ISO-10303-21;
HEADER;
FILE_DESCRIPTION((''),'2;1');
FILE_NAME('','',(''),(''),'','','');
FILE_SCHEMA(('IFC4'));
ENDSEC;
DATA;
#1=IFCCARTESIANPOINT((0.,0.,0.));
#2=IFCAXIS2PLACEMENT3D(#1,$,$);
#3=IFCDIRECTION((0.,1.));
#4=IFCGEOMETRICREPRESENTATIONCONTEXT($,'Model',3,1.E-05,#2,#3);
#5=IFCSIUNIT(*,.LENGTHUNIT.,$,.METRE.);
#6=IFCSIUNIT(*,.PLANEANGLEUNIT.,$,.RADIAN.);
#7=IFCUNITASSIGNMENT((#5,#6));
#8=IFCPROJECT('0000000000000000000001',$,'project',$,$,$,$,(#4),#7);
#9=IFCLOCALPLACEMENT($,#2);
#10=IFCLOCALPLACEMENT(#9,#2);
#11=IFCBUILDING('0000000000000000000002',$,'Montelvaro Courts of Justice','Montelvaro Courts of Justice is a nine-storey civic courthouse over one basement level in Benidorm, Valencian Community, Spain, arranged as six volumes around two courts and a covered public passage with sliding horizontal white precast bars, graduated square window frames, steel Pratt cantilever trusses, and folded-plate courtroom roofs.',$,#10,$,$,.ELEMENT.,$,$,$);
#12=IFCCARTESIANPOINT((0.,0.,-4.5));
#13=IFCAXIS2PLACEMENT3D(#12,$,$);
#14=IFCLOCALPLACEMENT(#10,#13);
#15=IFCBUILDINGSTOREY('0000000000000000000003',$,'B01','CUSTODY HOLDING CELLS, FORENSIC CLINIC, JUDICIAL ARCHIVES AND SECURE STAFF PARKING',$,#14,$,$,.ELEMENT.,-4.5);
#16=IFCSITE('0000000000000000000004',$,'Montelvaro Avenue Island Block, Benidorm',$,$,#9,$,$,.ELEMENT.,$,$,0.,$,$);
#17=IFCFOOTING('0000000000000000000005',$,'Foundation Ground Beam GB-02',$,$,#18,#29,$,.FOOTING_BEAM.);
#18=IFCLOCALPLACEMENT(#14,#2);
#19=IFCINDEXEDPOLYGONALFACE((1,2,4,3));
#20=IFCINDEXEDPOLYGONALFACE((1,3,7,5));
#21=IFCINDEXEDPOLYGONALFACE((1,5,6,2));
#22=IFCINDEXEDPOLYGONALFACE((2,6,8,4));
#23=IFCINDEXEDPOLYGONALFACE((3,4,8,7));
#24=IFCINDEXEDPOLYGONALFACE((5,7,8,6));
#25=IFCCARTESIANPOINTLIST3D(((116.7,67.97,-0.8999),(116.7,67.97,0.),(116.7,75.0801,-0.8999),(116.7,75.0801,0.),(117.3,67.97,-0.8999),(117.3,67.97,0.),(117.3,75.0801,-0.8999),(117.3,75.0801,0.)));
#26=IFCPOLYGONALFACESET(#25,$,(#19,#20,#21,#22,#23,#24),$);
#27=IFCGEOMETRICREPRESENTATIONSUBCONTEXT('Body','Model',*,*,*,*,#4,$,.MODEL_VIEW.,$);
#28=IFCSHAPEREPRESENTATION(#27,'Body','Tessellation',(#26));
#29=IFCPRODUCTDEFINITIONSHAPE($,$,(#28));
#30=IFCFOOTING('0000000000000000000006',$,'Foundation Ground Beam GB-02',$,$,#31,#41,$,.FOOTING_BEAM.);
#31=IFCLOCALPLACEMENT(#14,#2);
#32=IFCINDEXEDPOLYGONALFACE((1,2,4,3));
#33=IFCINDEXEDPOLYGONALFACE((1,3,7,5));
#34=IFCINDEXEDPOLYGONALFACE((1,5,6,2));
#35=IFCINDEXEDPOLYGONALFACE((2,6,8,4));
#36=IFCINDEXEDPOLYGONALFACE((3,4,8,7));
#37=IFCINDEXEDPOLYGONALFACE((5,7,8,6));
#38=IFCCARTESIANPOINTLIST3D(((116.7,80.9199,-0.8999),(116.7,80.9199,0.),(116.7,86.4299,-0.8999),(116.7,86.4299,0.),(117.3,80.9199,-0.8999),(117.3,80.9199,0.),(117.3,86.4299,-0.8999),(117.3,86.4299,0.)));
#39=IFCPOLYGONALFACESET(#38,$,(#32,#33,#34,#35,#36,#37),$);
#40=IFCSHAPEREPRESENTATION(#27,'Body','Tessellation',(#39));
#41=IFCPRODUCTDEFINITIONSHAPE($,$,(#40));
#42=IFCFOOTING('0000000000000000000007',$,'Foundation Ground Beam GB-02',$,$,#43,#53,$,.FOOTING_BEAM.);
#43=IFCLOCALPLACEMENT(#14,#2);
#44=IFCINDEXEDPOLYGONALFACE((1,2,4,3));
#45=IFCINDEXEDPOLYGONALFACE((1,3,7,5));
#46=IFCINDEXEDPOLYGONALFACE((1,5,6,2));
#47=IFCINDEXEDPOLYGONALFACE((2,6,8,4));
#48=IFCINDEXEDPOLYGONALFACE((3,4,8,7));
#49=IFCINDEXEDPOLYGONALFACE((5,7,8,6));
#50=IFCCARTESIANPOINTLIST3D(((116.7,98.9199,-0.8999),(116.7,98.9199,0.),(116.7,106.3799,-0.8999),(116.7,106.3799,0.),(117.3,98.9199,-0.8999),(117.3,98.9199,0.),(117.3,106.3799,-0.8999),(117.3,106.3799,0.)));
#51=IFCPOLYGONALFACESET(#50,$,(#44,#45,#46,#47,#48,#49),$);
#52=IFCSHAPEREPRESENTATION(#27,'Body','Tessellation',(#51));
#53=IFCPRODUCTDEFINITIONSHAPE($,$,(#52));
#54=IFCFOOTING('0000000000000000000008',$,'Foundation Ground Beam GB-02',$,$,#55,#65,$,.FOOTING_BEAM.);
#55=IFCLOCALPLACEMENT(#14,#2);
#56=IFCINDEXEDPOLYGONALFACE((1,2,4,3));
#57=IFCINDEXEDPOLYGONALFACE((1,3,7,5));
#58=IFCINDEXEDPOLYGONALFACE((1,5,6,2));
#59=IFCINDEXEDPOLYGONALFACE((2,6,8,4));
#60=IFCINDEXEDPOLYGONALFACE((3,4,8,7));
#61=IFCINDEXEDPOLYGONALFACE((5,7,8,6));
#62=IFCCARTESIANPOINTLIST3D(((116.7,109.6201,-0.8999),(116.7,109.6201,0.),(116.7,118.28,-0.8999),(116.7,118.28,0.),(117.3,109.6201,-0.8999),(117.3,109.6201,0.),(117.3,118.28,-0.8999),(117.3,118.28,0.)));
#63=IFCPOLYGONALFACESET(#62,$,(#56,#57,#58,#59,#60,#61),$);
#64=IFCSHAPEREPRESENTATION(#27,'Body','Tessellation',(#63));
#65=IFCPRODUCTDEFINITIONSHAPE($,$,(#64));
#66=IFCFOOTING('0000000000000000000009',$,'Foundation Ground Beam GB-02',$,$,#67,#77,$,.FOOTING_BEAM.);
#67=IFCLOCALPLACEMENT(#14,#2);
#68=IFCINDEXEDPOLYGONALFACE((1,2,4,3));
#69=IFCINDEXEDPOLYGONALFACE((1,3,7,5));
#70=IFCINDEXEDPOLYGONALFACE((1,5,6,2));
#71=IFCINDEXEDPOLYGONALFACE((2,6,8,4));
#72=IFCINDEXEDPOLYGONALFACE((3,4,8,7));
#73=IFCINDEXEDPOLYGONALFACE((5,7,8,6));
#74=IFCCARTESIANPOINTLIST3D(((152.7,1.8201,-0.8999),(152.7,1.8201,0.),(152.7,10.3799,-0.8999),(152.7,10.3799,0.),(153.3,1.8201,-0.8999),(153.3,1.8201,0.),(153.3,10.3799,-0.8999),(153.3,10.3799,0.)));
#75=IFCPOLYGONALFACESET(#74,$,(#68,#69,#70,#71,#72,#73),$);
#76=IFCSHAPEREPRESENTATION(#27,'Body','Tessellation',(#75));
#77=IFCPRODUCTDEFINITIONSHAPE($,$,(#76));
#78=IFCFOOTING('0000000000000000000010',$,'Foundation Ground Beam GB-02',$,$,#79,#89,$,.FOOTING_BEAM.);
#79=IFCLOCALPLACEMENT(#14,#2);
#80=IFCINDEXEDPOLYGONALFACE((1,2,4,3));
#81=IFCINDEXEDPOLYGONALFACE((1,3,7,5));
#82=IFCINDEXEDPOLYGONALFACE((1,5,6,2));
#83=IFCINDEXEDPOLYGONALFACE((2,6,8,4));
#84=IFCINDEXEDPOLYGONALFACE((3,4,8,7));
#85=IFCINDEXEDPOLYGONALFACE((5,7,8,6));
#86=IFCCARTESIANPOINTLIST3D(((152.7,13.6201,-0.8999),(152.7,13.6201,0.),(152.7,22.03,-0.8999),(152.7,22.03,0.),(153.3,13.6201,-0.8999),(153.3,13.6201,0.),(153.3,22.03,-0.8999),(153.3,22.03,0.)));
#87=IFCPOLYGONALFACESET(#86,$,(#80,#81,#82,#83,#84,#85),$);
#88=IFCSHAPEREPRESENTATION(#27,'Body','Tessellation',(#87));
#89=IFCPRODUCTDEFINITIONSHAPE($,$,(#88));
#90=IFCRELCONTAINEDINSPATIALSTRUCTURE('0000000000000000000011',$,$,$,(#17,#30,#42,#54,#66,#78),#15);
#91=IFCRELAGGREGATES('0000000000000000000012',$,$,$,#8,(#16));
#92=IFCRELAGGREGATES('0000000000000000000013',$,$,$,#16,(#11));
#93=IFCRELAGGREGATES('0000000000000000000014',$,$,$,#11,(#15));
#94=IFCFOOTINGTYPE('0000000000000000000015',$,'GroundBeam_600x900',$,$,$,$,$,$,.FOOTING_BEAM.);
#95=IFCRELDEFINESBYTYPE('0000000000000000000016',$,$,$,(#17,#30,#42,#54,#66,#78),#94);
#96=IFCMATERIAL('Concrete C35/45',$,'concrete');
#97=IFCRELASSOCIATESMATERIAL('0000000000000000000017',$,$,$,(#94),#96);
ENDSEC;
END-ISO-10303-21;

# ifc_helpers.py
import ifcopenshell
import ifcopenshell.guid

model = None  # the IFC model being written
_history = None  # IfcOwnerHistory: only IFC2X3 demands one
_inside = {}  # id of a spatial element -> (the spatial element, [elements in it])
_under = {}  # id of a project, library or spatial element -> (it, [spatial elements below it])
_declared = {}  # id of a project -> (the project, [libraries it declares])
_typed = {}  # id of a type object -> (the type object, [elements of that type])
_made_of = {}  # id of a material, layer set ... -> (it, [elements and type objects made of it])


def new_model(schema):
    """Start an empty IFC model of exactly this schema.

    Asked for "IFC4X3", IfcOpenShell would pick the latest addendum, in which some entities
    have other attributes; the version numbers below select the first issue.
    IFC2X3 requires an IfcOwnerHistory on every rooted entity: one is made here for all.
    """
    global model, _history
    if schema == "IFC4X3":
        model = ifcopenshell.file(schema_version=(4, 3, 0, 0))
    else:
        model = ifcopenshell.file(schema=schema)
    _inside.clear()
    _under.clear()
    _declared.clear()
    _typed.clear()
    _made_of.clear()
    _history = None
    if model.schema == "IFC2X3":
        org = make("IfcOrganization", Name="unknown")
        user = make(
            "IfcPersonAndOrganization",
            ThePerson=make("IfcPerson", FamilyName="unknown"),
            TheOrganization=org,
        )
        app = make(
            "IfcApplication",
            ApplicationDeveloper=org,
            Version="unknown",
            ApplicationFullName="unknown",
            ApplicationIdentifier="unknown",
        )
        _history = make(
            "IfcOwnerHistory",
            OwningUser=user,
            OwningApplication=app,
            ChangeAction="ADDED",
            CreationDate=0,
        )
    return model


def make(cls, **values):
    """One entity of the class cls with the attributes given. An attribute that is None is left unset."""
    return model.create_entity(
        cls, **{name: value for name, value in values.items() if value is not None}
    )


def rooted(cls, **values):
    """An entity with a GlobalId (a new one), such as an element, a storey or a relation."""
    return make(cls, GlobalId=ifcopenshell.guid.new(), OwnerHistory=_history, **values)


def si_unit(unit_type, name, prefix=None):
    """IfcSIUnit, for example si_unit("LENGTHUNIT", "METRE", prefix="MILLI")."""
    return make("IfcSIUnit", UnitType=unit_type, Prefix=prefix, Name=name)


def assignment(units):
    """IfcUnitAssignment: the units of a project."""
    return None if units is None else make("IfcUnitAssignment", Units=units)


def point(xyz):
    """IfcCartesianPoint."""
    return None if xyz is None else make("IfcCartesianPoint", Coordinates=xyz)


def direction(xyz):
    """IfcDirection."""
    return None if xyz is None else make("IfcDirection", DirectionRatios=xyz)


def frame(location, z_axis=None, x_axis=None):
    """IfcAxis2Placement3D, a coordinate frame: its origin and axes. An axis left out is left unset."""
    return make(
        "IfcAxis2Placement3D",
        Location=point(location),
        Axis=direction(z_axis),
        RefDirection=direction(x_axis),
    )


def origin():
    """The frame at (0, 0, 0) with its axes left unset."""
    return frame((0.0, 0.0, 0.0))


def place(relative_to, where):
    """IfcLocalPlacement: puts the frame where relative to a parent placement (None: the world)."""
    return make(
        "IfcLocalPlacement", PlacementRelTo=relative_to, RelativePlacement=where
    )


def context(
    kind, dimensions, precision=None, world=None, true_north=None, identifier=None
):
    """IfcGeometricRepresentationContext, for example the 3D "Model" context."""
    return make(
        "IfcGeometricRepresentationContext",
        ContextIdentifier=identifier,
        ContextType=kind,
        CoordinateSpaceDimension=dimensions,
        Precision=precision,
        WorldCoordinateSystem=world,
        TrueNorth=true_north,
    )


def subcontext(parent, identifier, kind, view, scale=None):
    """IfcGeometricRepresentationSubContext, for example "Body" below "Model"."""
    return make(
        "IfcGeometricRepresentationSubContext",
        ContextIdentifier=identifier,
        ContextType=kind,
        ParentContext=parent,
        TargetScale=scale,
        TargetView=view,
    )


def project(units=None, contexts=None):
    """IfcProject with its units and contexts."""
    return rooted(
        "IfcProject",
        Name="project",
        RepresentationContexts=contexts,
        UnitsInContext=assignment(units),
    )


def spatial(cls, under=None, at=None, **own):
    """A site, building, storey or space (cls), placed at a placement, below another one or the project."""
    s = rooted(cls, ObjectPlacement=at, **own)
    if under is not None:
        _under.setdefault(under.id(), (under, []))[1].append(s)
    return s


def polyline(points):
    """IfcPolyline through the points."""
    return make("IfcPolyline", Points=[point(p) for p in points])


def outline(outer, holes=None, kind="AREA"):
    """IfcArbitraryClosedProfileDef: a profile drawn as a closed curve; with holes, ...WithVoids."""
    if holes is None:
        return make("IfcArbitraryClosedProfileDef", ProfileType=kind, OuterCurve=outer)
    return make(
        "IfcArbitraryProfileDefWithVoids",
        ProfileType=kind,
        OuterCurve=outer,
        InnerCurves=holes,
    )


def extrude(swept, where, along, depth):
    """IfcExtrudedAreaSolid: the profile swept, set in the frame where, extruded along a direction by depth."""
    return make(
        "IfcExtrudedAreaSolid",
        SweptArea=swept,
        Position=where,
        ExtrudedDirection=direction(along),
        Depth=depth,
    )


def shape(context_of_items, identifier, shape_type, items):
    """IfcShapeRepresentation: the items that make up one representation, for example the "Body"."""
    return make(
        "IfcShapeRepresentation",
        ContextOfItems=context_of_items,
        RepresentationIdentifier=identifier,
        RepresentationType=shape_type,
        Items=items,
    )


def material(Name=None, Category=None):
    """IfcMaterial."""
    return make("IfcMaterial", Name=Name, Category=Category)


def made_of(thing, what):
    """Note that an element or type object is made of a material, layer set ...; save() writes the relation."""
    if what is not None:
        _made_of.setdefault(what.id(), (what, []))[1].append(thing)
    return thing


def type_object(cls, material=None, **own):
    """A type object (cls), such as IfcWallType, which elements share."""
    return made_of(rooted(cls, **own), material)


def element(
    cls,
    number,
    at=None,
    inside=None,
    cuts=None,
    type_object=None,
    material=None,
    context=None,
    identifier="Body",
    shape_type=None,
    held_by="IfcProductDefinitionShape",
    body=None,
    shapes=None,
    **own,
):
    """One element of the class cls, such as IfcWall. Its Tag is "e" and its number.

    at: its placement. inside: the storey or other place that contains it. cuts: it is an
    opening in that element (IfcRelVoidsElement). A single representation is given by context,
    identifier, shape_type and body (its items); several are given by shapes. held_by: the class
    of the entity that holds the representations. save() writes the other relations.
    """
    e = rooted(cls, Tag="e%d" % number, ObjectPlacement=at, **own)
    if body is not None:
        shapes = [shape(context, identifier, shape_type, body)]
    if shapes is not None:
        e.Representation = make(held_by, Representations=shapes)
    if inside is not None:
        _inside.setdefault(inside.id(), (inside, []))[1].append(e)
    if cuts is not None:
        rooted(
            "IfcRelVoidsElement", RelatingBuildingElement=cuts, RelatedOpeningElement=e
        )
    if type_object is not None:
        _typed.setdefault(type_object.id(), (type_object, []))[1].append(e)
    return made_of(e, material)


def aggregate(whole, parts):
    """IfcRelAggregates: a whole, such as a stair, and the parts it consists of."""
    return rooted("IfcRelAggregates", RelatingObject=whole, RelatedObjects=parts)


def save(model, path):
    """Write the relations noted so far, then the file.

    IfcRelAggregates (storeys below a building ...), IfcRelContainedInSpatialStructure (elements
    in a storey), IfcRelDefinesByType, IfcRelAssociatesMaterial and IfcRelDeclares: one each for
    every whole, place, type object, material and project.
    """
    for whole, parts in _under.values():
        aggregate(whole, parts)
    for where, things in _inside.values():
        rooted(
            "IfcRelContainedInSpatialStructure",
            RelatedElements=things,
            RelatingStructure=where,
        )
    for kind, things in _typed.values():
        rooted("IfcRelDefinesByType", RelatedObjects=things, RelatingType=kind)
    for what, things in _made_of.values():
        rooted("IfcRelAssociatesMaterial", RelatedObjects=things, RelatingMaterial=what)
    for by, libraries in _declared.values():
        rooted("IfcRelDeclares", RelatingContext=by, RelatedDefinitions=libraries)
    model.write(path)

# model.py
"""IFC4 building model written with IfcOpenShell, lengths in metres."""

from ifc_helpers import new_model, si_unit, direction, frame, origin, place, context, subcontext, project, spatial, polyline, outline, extrude, material, type_object, element, save


model = new_model("IFC4")

# Units and contexts
model_context = context("Model", 3, precision=1e-05, world=origin(), true_north=direction((0.0, 1.0)))
body_context = subcontext(model_context, "Body", "Model", "MODEL_VIEW")
ifc_project = project(units=[si_unit("LENGTHUNIT", "METRE"), si_unit("PLANEANGLEUNIT", "RADIAN")], contexts=[model_context])

# Site, building, storey
site_placement = place(None, origin())
site = spatial("IfcSite", under=ifc_project, at=site_placement, Name="Montelvaro Avenue Island Block, Benidorm", CompositionType="ELEMENT", RefElevation=0.0)
building_placement = place(site_placement, origin())
building = spatial("IfcBuilding", under=site, at=building_placement, Name="Montelvaro Courts of Justice", Description="Montelvaro Courts of Justice is a nine-storey civic courthouse over one basement level in Benidorm, Valencian Community, Spain, arranged as six volumes around two courts and a covered public passage with sliding horizontal white precast bars, graduated square window frames, steel Pratt cantilever trusses, and folded-plate courtroom roofs.", CompositionType="ELEMENT")
storey_placement = place(building_placement, frame((0.0, 0.0, -4.5)))
storey = spatial("IfcBuildingStorey", under=building, at=storey_placement, Name="B01", Description="CUSTODY HOLDING CELLS, FORENSIC CLINIC, JUDICIAL ARCHIVES AND SECURE STAFF PARKING", CompositionType="ELEMENT", Elevation=-4.5)

# Footings
ifc_material = material(Name="Concrete C35/45", Category="concrete")
footing_type_1 = type_object("IfcFootingType", Name="GroundBeam_600x900", PredefinedType="FOOTING_BEAM", material=ifc_material)
footing_1_placement = place(storey_placement, frame((0.0, 0.0, -0.8999)))
element("IfcFooting", 1, at=footing_1_placement, inside=storey, type_object=footing_type_1, Name="Foundation Ground Beam GB-02", PredefinedType="FOOTING_BEAM", context=body_context, shape_type="SweptSolid", body=[
    extrude(outline(polyline([(116.7, 67.97), (117.3, 67.97), (117.3, 75.0801), (116.7, 75.0801), (116.7, 67.97)])), origin(), (0.0, 0.0, 1.0), 0.8999),
])
footing_2_placement = place(storey_placement, frame((0.0, 0.0, -0.8999)))
element("IfcFooting", 2, at=footing_2_placement, inside=storey, type_object=footing_type_1, Name="Foundation Ground Beam GB-02", PredefinedType="FOOTING_BEAM", context=body_context, shape_type="SweptSolid", body=[
    extrude(outline(polyline([(116.7, 80.9199), (117.3, 80.9199), (117.3, 86.4299), (116.7, 86.4299), (116.7, 80.9199)])), origin(), (0.0, 0.0, 1.0), 0.8999),
])
footing_3_placement = place(storey_placement, frame((0.0, 0.0, -0.8999)))
element("IfcFooting", 3, at=footing_3_placement, inside=storey, type_object=footing_type_1, Name="Foundation Ground Beam GB-02", PredefinedType="FOOTING_BEAM", context=body_context, shape_type="SweptSolid", body=[
    extrude(outline(polyline([(116.7, 98.9199), (117.3, 98.9199), (117.3, 106.3799), (116.7, 106.3799), (116.7, 98.9199)])), origin(), (0.0, 0.0, 1.0), 0.8999),
])
footing_4_placement = place(storey_placement, frame((0.0, 0.0, -0.8999)))
element("IfcFooting", 4, at=footing_4_placement, inside=storey, type_object=footing_type_1, Name="Foundation Ground Beam GB-02", PredefinedType="FOOTING_BEAM", context=body_context, shape_type="SweptSolid", body=[
    extrude(outline(polyline([(116.7, 109.6201), (117.3, 109.6201), (117.3, 118.28), (116.7, 118.28), (116.7, 109.6201)])), origin(), (0.0, 0.0, 1.0), 0.8999),
])
footing_5_placement = place(storey_placement, frame((0.0, 0.0, -0.8999)))
element("IfcFooting", 5, at=footing_5_placement, inside=storey, type_object=footing_type_1, Name="Foundation Ground Beam GB-02", PredefinedType="FOOTING_BEAM", context=body_context, shape_type="SweptSolid", body=[
    extrude(outline(polyline([(152.7, 1.8201), (153.3, 1.8201), (153.3, 10.3799), (152.7, 10.3799), (152.7, 1.8201)])), origin(), (0.0, 0.0, 1.0), 0.8999),
])
footing_6_placement = place(storey_placement, frame((0.0, 0.0, -0.8999)))
element("IfcFooting", 6, at=footing_6_placement, inside=storey, type_object=footing_type_1, Name="Foundation Ground Beam GB-02", PredefinedType="FOOTING_BEAM", context=body_context, shape_type="SweptSolid", body=[
    extrude(outline(polyline([(152.7, 13.6201), (153.3, 13.6201), (153.3, 22.03), (152.7, 22.03), (152.7, 13.6201)])), origin(), (0.0, 0.0, 1.0), 0.8999),
])

save(model, "model.ifc")
